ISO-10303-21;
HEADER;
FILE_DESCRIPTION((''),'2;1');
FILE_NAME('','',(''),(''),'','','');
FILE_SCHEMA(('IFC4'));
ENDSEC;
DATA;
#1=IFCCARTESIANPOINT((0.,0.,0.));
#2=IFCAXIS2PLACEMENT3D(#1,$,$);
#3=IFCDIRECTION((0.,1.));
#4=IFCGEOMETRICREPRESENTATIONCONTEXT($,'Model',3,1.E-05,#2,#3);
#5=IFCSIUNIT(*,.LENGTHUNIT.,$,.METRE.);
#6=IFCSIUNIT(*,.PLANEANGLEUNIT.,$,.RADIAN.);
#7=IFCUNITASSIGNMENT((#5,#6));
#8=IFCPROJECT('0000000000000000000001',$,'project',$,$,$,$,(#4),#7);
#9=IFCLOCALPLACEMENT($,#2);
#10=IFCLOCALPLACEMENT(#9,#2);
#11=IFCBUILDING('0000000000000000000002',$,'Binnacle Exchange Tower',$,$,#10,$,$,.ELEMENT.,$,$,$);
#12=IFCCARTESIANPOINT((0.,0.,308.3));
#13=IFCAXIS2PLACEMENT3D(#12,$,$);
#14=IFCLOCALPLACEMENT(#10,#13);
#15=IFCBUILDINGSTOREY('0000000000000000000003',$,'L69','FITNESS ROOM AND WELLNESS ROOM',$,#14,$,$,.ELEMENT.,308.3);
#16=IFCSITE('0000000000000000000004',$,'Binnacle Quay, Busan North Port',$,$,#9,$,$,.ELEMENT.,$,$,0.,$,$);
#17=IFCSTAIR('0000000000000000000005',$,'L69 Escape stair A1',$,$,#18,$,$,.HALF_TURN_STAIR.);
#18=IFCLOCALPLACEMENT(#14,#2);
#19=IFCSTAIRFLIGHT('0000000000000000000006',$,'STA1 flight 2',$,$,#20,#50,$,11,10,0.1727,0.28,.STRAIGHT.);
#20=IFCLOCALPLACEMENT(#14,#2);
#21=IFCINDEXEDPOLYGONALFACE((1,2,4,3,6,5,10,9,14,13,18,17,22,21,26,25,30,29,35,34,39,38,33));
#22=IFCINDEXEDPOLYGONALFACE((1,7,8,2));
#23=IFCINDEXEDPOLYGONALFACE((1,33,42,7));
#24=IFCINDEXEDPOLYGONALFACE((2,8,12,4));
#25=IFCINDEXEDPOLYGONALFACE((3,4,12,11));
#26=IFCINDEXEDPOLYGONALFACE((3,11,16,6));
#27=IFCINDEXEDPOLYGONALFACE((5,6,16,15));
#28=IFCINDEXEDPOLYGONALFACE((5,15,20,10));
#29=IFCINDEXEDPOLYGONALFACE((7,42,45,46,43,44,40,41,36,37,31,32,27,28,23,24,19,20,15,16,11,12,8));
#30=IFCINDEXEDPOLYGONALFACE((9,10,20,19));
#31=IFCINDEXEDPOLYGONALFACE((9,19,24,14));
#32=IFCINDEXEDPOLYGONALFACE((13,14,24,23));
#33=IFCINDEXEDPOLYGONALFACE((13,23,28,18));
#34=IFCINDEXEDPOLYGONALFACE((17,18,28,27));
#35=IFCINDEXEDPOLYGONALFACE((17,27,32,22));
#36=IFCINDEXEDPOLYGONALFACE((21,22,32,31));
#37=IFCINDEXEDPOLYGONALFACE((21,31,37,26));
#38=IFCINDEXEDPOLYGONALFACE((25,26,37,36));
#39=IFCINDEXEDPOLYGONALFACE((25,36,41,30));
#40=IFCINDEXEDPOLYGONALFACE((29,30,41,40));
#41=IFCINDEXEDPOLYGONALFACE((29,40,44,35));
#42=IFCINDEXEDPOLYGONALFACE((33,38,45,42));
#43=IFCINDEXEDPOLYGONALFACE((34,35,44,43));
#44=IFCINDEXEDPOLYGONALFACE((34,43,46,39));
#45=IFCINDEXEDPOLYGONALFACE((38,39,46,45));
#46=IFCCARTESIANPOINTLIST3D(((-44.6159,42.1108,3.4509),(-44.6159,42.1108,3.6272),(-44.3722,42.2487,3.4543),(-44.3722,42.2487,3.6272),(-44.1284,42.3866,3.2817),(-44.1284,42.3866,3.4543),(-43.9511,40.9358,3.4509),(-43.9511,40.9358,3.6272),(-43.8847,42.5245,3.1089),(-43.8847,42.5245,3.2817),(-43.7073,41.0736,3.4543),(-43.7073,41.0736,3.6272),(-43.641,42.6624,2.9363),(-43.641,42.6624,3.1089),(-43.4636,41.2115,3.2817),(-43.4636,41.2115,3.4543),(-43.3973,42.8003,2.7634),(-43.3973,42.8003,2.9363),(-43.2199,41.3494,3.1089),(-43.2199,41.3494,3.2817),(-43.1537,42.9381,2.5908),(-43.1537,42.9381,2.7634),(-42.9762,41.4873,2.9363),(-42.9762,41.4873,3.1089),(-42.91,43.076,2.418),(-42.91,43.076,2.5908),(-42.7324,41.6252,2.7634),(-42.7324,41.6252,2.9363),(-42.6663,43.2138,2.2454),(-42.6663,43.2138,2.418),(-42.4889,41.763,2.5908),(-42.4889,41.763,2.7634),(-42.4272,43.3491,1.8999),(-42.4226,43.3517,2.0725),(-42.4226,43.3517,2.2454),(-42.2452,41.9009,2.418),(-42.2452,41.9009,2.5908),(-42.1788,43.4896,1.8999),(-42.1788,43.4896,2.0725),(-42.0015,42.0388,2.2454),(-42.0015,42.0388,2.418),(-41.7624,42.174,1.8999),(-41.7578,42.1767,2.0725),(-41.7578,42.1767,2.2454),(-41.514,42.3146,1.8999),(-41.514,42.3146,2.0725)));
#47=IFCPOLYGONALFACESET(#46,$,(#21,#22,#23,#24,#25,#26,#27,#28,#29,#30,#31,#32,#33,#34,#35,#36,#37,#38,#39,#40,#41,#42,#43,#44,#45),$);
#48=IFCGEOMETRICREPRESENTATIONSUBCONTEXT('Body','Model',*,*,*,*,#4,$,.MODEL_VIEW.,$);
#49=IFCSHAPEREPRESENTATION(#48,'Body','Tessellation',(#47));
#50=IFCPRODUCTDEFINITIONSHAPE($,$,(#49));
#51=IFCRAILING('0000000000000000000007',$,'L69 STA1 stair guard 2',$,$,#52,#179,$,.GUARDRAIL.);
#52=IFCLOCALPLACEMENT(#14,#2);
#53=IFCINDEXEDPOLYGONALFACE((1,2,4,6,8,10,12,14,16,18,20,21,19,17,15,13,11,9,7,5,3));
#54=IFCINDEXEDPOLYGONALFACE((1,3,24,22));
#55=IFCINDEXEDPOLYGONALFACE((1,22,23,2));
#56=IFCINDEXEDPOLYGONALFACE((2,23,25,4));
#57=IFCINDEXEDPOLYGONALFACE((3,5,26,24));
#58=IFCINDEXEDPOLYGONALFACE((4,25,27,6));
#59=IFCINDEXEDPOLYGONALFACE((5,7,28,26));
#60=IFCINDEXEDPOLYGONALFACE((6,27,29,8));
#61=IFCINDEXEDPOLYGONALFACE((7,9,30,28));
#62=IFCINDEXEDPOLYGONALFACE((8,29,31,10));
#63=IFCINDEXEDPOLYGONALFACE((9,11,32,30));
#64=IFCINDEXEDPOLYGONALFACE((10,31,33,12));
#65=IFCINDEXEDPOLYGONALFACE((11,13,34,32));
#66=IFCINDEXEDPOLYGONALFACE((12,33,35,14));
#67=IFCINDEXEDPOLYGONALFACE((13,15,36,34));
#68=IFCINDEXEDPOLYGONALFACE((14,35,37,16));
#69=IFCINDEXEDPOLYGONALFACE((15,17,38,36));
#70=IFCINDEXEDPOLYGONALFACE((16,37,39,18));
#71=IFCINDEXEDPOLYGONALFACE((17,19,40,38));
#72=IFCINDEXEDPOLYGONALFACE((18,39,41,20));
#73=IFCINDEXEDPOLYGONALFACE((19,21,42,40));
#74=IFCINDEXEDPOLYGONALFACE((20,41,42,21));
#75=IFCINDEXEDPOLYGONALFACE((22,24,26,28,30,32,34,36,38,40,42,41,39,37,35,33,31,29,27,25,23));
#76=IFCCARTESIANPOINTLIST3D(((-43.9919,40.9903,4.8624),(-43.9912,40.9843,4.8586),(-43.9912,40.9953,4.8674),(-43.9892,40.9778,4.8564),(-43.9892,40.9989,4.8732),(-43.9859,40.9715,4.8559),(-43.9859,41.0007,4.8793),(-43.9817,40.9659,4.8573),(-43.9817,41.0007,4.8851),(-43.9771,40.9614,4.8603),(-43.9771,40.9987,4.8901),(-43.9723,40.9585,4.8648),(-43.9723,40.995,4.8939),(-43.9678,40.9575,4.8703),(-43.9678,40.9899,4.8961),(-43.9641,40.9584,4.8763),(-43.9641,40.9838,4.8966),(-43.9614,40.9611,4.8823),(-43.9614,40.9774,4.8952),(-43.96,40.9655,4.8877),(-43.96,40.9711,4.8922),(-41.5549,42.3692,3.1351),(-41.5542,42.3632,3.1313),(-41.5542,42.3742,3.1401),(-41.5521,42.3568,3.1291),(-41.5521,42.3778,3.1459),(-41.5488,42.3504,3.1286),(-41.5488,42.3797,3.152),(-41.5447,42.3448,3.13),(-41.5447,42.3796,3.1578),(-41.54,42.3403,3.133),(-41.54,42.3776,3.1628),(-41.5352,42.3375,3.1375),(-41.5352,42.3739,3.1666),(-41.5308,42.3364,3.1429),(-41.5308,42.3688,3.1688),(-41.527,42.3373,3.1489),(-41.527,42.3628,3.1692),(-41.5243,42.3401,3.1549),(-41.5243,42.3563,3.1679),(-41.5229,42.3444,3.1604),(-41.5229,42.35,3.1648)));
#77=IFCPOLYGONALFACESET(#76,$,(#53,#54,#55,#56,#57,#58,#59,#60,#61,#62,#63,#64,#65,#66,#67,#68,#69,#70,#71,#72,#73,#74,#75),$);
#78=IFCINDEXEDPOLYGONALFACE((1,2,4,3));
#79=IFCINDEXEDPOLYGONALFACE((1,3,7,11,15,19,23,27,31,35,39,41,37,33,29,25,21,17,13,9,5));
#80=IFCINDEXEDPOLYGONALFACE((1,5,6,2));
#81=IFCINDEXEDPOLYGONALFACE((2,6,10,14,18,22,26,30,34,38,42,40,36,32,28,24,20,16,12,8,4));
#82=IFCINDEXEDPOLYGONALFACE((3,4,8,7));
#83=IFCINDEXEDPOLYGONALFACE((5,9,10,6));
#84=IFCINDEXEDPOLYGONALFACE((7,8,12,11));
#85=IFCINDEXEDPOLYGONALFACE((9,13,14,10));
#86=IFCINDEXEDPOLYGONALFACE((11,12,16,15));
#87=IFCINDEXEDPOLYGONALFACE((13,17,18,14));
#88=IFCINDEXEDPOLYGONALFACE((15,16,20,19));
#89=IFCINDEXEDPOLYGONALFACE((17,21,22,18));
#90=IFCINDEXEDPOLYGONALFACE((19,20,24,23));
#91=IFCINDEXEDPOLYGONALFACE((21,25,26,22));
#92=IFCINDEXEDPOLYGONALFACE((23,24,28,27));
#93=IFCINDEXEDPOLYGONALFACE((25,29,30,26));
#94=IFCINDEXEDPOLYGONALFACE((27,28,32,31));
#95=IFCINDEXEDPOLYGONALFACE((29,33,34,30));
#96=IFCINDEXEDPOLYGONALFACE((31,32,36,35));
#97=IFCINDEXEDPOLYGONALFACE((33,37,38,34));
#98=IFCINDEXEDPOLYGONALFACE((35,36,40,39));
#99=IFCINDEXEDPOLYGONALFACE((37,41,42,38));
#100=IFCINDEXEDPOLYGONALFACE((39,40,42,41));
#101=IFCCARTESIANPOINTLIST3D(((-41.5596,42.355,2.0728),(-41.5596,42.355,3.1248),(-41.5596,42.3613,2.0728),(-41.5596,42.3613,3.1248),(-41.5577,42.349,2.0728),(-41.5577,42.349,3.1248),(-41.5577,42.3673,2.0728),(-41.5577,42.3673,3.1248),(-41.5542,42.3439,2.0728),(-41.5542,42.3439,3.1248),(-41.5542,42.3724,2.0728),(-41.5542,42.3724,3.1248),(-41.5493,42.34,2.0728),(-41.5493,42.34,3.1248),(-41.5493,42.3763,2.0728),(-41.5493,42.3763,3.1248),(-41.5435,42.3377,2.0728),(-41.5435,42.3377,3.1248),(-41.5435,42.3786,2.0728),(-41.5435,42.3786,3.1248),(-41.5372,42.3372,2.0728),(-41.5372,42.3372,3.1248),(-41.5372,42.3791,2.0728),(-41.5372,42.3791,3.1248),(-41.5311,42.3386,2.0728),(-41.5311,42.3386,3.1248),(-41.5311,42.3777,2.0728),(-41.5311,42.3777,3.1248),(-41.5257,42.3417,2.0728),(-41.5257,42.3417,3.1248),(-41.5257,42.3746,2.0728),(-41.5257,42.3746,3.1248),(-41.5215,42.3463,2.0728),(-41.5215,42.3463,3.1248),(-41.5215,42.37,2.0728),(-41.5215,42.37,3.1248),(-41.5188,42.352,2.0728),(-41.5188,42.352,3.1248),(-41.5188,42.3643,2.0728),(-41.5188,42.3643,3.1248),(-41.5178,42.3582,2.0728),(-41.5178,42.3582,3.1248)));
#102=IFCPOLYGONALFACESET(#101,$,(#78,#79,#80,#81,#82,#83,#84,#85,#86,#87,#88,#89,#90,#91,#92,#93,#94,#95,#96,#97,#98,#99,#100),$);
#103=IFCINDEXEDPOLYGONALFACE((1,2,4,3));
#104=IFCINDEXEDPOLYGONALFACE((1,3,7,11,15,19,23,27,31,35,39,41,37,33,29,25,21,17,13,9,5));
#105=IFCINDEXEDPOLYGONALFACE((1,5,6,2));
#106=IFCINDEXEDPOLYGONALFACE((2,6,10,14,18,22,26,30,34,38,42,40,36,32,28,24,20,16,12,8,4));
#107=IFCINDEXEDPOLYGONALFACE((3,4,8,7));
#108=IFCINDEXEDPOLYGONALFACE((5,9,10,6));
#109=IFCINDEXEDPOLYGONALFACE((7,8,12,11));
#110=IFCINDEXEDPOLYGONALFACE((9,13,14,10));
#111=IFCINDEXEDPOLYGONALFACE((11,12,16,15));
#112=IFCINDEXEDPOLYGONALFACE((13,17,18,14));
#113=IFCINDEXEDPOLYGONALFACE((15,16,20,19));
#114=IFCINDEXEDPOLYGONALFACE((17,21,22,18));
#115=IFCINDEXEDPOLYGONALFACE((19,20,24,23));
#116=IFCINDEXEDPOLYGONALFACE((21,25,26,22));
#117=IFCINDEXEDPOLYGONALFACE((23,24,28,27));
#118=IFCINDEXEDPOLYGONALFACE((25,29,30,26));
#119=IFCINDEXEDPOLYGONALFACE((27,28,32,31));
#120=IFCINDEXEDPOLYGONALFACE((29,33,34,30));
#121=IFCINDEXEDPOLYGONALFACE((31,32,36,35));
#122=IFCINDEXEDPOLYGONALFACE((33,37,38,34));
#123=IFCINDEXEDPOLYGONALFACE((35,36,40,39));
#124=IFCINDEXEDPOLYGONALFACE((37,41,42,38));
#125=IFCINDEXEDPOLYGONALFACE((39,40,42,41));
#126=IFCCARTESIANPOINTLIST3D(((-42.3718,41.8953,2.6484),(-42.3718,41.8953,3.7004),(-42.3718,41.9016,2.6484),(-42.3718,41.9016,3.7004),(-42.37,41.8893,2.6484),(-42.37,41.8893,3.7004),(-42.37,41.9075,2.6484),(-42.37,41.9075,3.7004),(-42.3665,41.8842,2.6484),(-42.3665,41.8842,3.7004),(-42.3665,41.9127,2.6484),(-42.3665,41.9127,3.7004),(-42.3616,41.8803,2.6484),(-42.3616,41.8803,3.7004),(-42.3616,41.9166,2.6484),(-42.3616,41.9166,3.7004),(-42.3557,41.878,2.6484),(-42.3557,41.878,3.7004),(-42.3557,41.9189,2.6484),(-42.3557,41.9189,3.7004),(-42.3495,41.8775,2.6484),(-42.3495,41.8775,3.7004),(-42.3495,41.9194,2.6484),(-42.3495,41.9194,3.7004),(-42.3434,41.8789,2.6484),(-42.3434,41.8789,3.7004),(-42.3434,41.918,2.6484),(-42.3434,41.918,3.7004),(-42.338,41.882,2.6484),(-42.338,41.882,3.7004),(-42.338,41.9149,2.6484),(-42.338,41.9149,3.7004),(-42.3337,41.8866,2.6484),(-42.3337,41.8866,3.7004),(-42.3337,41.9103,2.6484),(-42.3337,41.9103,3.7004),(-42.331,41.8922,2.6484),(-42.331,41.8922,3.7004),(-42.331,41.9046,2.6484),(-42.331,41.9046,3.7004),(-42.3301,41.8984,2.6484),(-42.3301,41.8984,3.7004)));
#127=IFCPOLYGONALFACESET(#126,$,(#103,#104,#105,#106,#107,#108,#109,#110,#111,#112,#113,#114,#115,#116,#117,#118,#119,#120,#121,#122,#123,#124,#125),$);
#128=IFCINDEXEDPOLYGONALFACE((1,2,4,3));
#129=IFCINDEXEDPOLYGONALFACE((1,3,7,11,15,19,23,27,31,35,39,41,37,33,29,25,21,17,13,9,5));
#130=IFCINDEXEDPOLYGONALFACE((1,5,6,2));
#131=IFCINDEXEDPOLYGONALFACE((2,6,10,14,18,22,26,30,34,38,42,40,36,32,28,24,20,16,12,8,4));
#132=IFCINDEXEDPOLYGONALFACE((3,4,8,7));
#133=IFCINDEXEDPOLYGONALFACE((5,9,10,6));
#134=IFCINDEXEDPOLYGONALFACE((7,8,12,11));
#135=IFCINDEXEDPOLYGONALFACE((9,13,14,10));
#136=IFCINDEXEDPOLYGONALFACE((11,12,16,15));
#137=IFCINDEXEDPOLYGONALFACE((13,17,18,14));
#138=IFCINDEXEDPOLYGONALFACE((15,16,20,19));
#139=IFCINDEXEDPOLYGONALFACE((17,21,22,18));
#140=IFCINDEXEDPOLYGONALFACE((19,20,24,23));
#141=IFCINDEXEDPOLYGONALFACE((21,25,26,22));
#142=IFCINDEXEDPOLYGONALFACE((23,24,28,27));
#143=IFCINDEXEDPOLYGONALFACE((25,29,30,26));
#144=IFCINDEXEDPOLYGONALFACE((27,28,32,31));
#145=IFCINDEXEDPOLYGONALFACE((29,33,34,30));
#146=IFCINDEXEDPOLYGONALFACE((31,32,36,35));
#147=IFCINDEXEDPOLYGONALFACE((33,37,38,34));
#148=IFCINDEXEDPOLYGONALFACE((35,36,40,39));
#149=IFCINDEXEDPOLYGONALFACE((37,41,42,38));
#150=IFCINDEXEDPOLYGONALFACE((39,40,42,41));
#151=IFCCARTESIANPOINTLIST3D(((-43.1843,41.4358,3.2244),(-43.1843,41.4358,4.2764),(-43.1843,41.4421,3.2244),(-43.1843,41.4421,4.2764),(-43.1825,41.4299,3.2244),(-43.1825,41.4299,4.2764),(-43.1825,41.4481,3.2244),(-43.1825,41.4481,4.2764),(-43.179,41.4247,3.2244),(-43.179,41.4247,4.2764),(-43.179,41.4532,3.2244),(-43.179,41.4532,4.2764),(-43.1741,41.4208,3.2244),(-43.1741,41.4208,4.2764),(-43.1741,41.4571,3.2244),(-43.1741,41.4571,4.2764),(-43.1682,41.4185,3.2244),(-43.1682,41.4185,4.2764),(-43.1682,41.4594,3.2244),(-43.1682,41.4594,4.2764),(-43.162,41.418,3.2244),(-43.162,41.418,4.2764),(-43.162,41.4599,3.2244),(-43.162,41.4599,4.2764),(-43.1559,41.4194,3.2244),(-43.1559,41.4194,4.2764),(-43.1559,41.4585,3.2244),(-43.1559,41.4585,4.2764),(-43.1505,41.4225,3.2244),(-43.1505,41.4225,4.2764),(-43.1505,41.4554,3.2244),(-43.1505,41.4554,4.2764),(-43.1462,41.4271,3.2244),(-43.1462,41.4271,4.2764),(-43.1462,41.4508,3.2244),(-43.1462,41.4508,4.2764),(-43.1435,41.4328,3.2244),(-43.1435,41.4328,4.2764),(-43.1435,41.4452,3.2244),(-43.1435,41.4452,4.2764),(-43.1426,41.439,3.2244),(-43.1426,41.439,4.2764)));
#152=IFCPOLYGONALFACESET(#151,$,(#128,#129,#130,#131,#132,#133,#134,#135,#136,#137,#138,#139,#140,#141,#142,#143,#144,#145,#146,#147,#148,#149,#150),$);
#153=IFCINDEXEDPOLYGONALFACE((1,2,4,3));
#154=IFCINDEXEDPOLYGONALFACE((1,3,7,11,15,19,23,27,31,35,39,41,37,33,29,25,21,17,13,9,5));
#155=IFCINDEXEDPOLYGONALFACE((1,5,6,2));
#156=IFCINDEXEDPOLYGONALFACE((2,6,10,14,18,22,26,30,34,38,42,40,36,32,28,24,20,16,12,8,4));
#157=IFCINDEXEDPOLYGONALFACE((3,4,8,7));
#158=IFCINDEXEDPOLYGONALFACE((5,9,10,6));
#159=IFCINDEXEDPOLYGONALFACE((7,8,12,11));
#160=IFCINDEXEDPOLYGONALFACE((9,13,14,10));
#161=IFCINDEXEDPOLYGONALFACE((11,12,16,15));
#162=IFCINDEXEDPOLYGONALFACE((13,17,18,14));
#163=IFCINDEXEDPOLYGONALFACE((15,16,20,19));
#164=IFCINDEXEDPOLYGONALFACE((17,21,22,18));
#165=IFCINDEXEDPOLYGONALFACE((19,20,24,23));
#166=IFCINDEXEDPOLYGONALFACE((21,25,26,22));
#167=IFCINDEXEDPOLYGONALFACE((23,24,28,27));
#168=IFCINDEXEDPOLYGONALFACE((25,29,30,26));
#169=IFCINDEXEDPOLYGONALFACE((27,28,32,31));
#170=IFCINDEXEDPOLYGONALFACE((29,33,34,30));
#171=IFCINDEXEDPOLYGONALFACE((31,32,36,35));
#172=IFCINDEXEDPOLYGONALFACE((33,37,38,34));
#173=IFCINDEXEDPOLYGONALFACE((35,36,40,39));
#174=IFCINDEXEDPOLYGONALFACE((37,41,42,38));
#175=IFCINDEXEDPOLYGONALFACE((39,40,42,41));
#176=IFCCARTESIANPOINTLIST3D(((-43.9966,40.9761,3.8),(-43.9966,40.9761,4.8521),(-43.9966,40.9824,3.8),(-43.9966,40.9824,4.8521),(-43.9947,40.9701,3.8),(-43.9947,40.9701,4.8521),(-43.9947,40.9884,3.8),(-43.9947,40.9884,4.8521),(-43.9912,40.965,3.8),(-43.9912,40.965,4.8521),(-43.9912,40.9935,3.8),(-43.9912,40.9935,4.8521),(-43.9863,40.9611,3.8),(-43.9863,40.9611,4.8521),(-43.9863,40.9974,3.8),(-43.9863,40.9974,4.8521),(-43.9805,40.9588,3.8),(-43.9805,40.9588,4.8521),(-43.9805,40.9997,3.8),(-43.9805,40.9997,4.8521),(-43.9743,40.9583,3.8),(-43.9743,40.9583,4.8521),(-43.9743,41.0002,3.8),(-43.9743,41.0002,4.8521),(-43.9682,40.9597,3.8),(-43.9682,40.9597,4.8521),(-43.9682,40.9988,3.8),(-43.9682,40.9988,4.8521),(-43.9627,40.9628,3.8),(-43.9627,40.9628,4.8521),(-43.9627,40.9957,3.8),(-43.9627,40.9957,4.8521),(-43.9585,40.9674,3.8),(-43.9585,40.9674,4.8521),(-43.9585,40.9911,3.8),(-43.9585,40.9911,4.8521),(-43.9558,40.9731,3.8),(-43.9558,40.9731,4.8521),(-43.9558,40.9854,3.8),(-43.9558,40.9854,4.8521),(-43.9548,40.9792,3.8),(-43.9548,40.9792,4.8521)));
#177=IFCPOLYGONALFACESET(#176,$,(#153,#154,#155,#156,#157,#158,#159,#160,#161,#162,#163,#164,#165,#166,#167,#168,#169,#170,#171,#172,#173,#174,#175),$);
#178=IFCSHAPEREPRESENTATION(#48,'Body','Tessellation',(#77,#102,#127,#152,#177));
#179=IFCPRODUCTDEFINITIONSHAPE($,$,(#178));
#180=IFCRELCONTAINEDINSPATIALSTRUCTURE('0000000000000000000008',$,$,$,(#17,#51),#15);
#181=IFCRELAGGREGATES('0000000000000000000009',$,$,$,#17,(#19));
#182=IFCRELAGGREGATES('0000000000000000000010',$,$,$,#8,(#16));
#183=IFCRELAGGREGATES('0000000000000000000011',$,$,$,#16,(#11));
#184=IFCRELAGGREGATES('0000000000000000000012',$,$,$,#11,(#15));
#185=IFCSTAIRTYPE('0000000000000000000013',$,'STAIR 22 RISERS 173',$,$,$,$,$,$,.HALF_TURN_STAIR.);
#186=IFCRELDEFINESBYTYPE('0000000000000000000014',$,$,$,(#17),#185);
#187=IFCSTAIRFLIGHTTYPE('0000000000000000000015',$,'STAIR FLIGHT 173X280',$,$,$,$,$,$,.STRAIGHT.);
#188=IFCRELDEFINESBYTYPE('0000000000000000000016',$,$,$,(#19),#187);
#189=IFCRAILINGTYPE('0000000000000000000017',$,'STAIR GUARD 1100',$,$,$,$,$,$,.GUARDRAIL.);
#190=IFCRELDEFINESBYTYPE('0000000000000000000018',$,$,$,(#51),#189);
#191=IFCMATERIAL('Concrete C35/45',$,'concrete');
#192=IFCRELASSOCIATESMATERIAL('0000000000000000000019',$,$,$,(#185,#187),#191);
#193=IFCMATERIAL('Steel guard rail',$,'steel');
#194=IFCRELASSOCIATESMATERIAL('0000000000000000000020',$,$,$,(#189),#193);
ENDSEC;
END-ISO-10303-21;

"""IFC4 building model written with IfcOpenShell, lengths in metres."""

from ifc_helpers import new_model, si_unit, direction, frame, origin, origin_2d, place, context, subcontext, project, spatial, polyline, circle, outline, extrude, material, type_object, element, aggregate, save


model = new_model("IFC4")

# Units and contexts
model_context = context("Model", 3, precision=1e-05, world=origin(), true_north=direction((0.0, 1.0)))
body_context = subcontext(model_context, "Body", "Model", "MODEL_VIEW")
ifc_project = project(units=[si_unit("LENGTHUNIT", "METRE"), si_unit("PLANEANGLEUNIT", "RADIAN")], contexts=[model_context])

# Site, building, storey
site_placement = place(None, origin())
site = spatial("IfcSite", under=ifc_project, at=site_placement, Name="Binnacle Quay, Busan North Port", CompositionType="ELEMENT", RefElevation=0.0)
building_placement = place(site_placement, origin())
building = spatial("IfcBuilding", under=site, at=building_placement, Name="Binnacle Exchange Tower", CompositionType="ELEMENT")
storey_placement = place(building_placement, frame((0.0, 0.0, 308.3)))
storey = spatial("IfcBuildingStorey", under=building, at=storey_placement, Name="L69", Description="FITNESS ROOM AND WELLNESS ROOM", CompositionType="ELEMENT", Elevation=308.3)

# Stair, stair flight
ifc_material_1 = material(Name="Concrete C35/45", Category="concrete")
stair_type = type_object("IfcStairType", Name="STAIR 22 RISERS 173", PredefinedType="HALF_TURN_STAIR", material=ifc_material_1)
stair_placement = place(storey_placement, origin())
stair = element("IfcStair", 1, at=stair_placement, inside=storey, type_object=stair_type, Name="L69 Escape stair A1", PredefinedType="HALF_TURN_STAIR")
stair_flight_type = type_object("IfcStairFlightType", Name="STAIR FLIGHT 173X280", PredefinedType="STRAIGHT", material=ifc_material_1)
stair_flight_placement = place(storey_placement, frame((-41.8464, 42.9021, 1.8999), z_axis=(0.0, 0.0, 1.0), x_axis=(-0.870356, -0.492424, 0.0)))
stair_flight = element("IfcStairFlight", 2, at=stair_flight_placement, type_object=stair_flight_type, Name="STA1 flight 2", NumberOfRisers=11, NumberOfTreads=10, PredefinedType="STRAIGHT", RiserHeight=0.1727, TreadLength=0.28, context=body_context, shape_type="SweptSolid", body=[
    extrude(outline(polyline([(0.0, 0.0), (0.0, 0.1726), (0.28, 0.1726), (0.28, 0.3455), (0.5601, 0.3455), (0.5601, 0.5181), (0.8401, 0.5181), (0.8401, 0.6909), (1.1201, 0.6909), (1.1201, 0.8635), (1.3999, 0.8635), (1.3999, 1.0364), (1.6799, 1.0364), (1.6799, 1.209), (1.96, 1.209), (1.96, 1.3818), (2.24, 1.3818), (2.24, 1.5544), (2.52, 1.5544), (2.52, 1.7273), (2.8, 1.7273), (2.8, 1.8999), (2.8, 1.551), (0.2854, 0.0), (0.0, 0.0)])), frame((0.0, 0.675, 0.0), z_axis=(0.0, -1.0, 0.0), x_axis=(1.0, 0.0, 0.0)), (0.0, 0.0, 1.0), 1.3501),
])
aggregate(stair, [stair_flight])

# Railing
ifc_material_2 = material(Name="Steel guard rail", Category="steel")
railing_type = type_object("IfcRailingType", Name="STAIR GUARD 1100", PredefinedType="GUARDRAIL", material=ifc_material_2)
railing_1_placement = place(storey_placement, frame((-41.5388, 42.3582, 2.0728)))
element("IfcRailing", 3, at=railing_1_placement, inside=storey, type_object=railing_type, Name="L69 STA1 stair guard 2", PredefinedType="GUARDRAIL", context=body_context, shape_type="SweptSolid", body=[
    extrude(circle(Radius=0.0239, at=origin_2d()), frame((0.0, 0.0, 1.0762), z_axis=(-0.740738, -0.419123, 0.525017), x_axis=(0.492454, -0.870339, 0.0)), (0.0, 0.0, 1.0), 3.29),
    extrude(circle(Radius=0.021, at=origin_2d()), origin(), (0.0, 0.0, 1.0), 1.052),
    extrude(circle(Radius=0.021, at=origin_2d()), frame((-0.8123, -0.4597, 0.5757)), (0.0, 0.0, 1.0), 1.052),
    extrude(circle(Radius=0.021, at=origin_2d()), frame((-1.6248, -0.9192, 1.1516)), (0.0, 0.0, 1.0), 1.052),
    extrude(circle(Radius=0.021, at=origin_2d()), frame((-2.437, -1.3789, 1.7273)), (0.0, 0.0, 1.0), 1.052),
])

save(model, "model.ifc")
